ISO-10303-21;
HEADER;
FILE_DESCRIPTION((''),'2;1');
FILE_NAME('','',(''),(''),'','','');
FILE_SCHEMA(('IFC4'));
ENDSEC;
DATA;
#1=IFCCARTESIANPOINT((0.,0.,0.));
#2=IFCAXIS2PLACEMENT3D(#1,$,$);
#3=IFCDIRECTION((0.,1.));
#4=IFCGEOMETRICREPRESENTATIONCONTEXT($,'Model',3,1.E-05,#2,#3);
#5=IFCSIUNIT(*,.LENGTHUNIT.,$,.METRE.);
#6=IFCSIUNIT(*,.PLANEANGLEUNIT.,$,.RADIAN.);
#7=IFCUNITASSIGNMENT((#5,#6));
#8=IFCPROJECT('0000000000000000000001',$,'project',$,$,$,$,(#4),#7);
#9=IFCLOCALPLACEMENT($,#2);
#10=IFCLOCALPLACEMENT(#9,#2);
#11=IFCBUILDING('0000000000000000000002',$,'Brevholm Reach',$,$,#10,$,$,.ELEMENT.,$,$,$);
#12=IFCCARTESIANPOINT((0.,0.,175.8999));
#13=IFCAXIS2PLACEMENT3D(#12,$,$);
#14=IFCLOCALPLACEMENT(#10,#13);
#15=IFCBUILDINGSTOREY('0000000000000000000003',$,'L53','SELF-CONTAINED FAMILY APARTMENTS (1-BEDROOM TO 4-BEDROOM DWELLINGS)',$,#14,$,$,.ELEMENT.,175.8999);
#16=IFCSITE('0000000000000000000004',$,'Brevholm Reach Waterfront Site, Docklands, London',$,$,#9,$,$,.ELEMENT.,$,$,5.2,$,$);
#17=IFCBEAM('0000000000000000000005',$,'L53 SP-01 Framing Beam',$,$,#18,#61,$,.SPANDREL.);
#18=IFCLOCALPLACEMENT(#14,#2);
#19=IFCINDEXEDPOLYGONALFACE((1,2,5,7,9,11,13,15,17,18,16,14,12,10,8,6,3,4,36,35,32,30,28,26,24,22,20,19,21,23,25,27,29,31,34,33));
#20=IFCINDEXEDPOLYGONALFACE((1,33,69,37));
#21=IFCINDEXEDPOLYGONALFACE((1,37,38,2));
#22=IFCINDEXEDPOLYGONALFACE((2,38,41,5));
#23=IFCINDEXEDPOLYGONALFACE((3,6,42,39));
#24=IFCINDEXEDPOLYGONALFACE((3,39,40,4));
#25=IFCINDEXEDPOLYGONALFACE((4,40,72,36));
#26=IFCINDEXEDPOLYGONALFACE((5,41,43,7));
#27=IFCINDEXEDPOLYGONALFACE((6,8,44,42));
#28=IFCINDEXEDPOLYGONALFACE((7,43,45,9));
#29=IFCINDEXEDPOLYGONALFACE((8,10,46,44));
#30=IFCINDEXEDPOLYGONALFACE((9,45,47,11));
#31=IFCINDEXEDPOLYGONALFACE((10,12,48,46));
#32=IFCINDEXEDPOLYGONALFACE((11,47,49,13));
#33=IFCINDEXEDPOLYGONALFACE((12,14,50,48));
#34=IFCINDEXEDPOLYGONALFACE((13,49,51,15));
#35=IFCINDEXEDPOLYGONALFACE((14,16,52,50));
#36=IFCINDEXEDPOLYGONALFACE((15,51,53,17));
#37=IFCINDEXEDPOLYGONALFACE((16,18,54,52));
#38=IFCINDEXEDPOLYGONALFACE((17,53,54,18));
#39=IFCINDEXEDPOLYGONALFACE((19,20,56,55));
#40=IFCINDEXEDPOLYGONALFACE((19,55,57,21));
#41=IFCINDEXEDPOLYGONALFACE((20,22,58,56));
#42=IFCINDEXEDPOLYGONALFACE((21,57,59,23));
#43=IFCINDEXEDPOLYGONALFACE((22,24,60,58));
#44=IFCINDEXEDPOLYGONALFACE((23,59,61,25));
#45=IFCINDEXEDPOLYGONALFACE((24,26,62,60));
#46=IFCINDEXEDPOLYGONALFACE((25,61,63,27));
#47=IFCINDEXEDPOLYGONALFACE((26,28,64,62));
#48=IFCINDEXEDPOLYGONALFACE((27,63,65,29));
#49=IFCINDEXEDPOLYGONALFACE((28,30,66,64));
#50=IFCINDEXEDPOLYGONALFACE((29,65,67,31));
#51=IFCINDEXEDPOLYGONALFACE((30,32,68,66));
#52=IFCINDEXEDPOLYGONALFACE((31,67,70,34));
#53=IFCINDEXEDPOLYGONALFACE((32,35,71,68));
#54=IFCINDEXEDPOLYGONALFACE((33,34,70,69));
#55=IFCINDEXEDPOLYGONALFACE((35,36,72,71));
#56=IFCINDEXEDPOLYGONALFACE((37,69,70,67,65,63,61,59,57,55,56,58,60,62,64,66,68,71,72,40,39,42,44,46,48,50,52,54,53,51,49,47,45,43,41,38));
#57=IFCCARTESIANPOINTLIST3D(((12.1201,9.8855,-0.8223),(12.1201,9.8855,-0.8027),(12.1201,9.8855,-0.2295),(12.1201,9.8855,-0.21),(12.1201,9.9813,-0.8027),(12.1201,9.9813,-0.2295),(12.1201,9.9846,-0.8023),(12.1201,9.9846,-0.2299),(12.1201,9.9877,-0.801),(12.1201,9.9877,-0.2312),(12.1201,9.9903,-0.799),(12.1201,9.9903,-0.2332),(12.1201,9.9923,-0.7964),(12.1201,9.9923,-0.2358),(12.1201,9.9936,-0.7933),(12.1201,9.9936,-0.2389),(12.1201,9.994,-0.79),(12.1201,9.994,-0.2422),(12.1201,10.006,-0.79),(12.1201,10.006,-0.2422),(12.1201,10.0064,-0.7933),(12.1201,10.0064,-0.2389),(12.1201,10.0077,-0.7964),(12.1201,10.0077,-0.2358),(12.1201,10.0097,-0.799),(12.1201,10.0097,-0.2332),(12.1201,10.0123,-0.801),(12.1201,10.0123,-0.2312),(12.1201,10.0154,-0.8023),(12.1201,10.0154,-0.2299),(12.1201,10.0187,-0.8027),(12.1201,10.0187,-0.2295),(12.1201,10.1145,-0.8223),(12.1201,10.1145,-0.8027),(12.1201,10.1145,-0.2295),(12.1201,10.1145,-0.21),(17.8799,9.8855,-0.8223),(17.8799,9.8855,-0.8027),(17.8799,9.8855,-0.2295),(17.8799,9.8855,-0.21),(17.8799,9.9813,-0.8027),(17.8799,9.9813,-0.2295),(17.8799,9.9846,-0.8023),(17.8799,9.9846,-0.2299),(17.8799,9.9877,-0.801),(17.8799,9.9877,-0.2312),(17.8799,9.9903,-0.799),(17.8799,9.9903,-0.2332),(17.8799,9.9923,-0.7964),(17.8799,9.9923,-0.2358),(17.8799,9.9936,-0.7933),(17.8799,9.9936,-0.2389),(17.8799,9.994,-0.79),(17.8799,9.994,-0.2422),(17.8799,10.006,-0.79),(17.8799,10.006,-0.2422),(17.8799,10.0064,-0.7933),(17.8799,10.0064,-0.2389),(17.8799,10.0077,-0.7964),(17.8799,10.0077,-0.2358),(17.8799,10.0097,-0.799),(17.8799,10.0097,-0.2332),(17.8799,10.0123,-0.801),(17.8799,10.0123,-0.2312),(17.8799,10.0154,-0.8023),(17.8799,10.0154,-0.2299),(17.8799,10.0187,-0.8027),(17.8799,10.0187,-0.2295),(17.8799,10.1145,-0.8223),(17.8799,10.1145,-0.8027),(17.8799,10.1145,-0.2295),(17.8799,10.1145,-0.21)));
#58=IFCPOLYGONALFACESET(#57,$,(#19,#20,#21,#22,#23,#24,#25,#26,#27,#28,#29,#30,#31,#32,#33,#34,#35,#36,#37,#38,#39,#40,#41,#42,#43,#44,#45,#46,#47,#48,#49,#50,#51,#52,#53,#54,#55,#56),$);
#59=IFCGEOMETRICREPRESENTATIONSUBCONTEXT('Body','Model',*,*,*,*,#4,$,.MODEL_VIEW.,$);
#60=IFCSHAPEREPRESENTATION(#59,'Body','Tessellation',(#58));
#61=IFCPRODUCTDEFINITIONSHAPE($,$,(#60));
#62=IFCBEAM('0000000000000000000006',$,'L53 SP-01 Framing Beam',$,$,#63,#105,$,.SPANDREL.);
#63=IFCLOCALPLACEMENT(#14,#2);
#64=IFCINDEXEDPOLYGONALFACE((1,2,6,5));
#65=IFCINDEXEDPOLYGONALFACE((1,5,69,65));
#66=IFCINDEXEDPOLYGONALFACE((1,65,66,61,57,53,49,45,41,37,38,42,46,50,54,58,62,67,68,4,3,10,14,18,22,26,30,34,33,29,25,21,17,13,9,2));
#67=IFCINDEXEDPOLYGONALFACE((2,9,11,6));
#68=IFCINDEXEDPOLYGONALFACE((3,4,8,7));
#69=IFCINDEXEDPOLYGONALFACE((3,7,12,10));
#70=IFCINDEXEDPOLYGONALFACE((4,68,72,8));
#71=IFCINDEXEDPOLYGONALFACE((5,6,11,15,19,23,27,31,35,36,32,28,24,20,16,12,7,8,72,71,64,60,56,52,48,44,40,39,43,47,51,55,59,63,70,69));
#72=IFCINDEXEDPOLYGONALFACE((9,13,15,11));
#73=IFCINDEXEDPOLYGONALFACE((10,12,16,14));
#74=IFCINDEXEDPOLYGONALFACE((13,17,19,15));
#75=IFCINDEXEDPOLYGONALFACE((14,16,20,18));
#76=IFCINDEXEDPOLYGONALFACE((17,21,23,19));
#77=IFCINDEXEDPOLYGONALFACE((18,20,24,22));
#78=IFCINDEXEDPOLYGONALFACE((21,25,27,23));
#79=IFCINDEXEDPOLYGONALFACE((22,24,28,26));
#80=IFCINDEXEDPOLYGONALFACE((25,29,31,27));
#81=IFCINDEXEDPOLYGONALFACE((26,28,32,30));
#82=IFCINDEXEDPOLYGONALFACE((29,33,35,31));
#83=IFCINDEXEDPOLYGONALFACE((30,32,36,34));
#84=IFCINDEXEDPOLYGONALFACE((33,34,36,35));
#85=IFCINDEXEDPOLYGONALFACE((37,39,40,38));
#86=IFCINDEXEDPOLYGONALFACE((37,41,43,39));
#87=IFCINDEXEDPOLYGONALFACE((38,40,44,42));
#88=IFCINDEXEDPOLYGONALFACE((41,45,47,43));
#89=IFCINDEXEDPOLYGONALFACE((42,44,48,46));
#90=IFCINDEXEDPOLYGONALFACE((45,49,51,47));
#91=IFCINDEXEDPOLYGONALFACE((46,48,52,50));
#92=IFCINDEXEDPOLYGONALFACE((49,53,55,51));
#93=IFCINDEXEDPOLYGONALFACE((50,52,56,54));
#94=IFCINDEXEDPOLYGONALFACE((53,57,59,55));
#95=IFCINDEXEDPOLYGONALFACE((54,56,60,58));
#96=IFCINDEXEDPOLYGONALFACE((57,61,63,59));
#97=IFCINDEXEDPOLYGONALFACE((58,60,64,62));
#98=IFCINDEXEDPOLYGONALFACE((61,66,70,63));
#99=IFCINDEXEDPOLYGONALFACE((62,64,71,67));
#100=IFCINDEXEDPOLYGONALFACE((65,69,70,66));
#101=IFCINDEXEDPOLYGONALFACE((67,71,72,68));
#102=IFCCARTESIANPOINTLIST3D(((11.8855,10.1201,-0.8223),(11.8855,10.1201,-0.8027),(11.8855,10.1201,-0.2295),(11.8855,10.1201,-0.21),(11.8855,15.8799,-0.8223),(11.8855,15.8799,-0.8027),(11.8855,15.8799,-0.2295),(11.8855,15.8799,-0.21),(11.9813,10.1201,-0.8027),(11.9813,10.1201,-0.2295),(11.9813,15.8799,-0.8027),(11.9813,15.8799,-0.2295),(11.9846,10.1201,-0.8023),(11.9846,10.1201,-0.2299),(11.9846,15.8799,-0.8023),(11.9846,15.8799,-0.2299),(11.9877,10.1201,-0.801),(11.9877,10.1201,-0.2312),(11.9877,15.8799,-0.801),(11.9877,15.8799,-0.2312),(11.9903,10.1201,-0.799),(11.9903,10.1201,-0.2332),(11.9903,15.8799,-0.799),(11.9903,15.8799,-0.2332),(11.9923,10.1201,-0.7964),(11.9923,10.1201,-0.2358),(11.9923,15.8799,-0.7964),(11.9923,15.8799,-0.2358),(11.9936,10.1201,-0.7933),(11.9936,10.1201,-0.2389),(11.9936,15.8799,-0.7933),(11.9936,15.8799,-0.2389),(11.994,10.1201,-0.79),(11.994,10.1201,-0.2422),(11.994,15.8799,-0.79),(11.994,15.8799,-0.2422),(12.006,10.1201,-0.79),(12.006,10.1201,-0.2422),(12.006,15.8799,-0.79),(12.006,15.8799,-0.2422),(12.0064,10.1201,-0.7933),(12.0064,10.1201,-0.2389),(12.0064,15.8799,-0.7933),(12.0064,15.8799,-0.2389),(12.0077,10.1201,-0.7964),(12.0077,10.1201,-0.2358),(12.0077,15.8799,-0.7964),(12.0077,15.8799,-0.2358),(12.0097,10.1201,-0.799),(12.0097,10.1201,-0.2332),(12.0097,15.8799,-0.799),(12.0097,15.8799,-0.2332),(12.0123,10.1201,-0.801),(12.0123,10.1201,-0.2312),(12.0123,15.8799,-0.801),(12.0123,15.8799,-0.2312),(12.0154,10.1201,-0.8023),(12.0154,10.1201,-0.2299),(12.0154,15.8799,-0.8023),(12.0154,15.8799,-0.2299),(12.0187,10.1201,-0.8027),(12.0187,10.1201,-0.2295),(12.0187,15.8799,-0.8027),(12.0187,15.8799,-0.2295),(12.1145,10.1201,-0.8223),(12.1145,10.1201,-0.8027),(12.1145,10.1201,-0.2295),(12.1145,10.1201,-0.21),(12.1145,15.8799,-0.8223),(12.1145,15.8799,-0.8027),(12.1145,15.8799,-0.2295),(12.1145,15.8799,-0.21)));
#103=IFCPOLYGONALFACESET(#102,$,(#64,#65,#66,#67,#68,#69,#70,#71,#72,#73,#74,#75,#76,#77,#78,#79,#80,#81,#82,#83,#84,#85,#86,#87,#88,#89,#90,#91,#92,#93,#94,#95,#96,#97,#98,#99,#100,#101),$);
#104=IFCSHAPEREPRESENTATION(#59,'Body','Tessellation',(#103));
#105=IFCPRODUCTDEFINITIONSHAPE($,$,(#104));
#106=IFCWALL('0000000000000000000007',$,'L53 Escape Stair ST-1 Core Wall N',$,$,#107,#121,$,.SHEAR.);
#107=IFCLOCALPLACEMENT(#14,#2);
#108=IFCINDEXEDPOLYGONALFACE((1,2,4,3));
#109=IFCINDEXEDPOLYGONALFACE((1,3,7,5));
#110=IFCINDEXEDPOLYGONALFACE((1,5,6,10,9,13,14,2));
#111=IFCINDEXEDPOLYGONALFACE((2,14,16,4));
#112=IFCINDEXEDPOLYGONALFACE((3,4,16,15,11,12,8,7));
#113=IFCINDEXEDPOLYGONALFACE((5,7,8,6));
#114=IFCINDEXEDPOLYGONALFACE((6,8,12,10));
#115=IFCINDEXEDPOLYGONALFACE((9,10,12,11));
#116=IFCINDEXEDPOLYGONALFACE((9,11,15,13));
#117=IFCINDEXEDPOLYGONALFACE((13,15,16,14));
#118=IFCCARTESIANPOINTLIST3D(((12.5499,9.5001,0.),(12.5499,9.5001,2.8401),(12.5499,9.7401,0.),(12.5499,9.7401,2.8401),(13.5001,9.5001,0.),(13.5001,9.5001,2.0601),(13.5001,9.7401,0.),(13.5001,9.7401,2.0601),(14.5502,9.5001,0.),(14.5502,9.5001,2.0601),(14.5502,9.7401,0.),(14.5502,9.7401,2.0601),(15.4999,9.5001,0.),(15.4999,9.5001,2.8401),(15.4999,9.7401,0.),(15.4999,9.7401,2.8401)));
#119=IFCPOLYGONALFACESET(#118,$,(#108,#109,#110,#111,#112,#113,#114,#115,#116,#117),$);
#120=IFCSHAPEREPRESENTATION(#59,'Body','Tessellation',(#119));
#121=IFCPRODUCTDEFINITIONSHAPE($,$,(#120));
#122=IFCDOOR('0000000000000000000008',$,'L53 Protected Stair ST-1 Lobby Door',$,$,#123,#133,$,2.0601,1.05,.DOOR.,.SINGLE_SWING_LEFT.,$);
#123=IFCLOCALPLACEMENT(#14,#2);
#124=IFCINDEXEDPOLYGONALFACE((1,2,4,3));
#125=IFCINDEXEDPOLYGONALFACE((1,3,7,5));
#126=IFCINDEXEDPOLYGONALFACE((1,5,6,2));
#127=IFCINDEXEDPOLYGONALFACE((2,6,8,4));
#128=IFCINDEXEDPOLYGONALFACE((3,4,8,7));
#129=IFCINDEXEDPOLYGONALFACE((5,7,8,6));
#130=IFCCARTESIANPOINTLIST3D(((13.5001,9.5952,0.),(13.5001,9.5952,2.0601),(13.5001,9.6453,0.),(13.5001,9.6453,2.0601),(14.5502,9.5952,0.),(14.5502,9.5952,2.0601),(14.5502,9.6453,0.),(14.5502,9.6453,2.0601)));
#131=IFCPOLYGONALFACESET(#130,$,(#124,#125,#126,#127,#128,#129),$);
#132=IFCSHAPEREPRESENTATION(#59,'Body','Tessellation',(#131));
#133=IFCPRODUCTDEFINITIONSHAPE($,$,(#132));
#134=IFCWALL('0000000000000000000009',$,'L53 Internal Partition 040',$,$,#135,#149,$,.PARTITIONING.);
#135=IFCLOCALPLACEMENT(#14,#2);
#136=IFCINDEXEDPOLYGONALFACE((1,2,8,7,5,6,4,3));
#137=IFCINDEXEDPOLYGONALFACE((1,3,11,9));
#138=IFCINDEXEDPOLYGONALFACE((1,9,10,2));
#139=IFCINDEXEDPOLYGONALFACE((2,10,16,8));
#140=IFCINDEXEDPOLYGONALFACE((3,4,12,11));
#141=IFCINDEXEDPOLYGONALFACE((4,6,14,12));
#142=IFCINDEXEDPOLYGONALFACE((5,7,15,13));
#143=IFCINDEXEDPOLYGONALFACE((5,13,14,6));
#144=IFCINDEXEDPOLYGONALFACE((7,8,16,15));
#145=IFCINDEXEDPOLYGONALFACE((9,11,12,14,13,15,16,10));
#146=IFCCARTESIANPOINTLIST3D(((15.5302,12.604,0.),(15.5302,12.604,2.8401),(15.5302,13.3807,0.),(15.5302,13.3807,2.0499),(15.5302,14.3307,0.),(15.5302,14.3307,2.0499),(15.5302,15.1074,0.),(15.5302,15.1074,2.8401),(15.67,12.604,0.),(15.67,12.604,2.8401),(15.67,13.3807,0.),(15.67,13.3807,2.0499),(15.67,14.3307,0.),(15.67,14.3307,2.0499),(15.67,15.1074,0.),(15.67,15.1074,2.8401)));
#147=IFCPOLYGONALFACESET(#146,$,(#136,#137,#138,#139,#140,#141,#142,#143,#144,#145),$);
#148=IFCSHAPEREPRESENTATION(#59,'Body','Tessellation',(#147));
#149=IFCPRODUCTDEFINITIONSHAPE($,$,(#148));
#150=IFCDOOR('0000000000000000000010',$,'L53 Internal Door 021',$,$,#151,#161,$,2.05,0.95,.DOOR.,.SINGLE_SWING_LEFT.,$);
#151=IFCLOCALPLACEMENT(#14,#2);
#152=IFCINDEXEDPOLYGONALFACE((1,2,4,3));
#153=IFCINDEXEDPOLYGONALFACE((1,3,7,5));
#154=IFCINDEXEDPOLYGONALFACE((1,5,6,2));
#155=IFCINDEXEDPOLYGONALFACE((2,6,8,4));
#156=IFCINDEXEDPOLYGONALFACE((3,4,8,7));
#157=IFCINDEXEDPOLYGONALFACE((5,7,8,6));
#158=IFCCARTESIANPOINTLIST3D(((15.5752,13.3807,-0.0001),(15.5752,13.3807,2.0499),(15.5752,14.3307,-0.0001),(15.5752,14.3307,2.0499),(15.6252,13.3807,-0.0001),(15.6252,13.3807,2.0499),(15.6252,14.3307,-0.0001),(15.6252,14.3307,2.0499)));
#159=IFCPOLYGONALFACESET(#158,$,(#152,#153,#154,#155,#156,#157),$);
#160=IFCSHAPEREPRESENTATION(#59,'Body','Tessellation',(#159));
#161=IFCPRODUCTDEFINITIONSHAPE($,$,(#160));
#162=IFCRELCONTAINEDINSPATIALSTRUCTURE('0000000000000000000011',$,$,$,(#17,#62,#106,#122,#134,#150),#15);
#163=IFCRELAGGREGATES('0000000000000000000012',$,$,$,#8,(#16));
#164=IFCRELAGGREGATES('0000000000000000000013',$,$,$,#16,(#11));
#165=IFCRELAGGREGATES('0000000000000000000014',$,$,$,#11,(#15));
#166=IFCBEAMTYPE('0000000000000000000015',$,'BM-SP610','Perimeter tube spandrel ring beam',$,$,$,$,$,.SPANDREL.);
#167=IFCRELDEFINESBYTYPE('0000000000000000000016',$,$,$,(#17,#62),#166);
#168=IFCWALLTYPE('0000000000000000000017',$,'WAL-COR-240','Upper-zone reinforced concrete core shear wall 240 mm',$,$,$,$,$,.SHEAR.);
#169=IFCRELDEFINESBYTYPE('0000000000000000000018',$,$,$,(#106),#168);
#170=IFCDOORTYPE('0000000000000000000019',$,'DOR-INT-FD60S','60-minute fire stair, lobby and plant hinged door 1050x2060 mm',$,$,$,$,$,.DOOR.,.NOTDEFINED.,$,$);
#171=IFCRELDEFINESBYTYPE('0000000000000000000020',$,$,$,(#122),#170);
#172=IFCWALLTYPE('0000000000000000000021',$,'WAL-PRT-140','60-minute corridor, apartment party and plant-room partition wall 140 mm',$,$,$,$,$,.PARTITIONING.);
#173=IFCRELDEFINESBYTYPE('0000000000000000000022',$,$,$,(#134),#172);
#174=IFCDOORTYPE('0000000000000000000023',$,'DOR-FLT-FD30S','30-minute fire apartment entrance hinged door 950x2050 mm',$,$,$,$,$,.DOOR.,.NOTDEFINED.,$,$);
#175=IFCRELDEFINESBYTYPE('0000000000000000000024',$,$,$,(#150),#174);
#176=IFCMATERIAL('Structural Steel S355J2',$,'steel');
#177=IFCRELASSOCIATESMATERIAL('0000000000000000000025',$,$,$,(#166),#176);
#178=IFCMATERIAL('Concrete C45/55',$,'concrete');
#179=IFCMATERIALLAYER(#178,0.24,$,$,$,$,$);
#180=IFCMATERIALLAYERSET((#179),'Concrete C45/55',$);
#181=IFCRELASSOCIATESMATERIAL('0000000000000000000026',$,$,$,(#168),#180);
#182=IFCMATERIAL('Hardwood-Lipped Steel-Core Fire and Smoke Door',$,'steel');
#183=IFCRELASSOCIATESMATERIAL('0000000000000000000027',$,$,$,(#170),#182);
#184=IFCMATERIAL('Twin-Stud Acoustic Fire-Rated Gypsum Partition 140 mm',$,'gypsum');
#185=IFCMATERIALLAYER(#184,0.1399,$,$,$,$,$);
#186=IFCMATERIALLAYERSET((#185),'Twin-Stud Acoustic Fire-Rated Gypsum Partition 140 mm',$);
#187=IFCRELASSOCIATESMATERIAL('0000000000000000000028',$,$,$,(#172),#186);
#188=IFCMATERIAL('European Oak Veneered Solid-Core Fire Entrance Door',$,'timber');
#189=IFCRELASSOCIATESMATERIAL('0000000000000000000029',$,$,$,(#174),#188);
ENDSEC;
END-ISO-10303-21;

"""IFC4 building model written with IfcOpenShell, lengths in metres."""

from ifc_helpers import new_model, si_unit, direction, frame, frame_2d, origin, origin_2d, place, context, subcontext, project, spatial, rectangle, i_section, extrude, material, layer, layer_set, material_profile, profile_set, type_object, element, fill, save


model = new_model("IFC4")

# Units and contexts
model_context = context("Model", 3, precision=1e-05, world=origin(), true_north=direction((0.0, 1.0)))
body_context = subcontext(model_context, "Body", "Model", "MODEL_VIEW")
ifc_project = project(units=[si_unit("LENGTHUNIT", "METRE"), si_unit("PLANEANGLEUNIT", "RADIAN")], contexts=[model_context])

# Site, building, storey
site_placement = place(None, origin())
site = spatial("IfcSite", under=ifc_project, at=site_placement, Name="Brevholm Reach Waterfront Site, Docklands, London", CompositionType="ELEMENT", RefElevation=5.2)
building_placement = place(site_placement, origin())
building = spatial("IfcBuilding", under=site, at=building_placement, Name="Brevholm Reach", CompositionType="ELEMENT")
storey_placement = place(building_placement, frame((0.0, 0.0, 175.8999)))
storey = spatial("IfcBuildingStorey", under=building, at=storey_placement, Name="L53", Description="SELF-CONTAINED FAMILY APARTMENTS (1-BEDROOM TO 4-BEDROOM DWELLINGS)", CompositionType="ELEMENT", Elevation=175.8999)

# Beams
ifc_material_1 = material(Name="Structural Steel S355J2", Category="steel")
ifc_material_profile = material_profile(ifc_material_1, i_section(OverallWidth=0.229, OverallDepth=0.6123, WebThickness=0.012, FlangeThickness=0.0195, FilletRadius=0.0127, at=origin_2d()), Name="UKB 610x229x125")
ifc_profile_set = profile_set([ifc_material_profile], Name="Structural Steel S355J2")
beam_type = type_object("IfcBeamType", Name="BM-SP610", Description="Perimeter tube spandrel ring beam", PredefinedType="SPANDREL", material=ifc_profile_set)
for number, where, z_axis, x_axis, name in (
    (1, (12.1201, 10.0, -0.5161), (1.0, 0.0, 0.0), (0.0, 1.0, 0.0), "L53 SP-01 Framing Beam"),
    (2, (12.0, 10.1201, -0.5161), (0.0, 1.0, 0.0), (-1.0, 0.0, 0.0), "L53 SP-01 Framing Beam"),
):
    element("IfcBeam", number, at=place(storey_placement, frame(where, z_axis=z_axis, x_axis=x_axis)), inside=storey, type_object=beam_type, Name=name, PredefinedType="SPANDREL", context=body_context, shape_type="SweptSolid", body=[
        extrude(i_section(OverallWidth=0.229, OverallDepth=0.6123, WebThickness=0.012, FlangeThickness=0.0195, FilletRadius=0.0127, at=origin_2d()), origin(), (0.0, 0.0, 1.0), 5.7598),
    ])

# Walls, openings, doors
ifc_material_2 = material(Name="Concrete C45/55", Category="concrete")
ifc_layer_1 = layer(ifc_material_2, 0.24)
ifc_layer_set_1 = layer_set([ifc_layer_1], Name="Concrete C45/55")
wall_type_1 = type_object("IfcWallType", Name="WAL-COR-240", Description="Upper-zone reinforced concrete core shear wall 240 mm", PredefinedType="SHEAR", material=ifc_layer_set_1)
wall_1_placement = place(storey_placement, frame((15.5, 9.6201, 0.0), z_axis=(0.0, 0.0, 1.0), x_axis=(-1.0, 0.0, 0.0)))
wall_1 = element("IfcWall", 3, at=wall_1_placement, inside=storey, type_object=wall_type_1, Name="L53 Escape Stair ST-1 Core Wall N", PredefinedType="SHEAR", context=body_context, shape_type="SweptSolid", body=[
    extrude(rectangle(XDim=2.95, YDim=0.24, at=frame_2d((1.4751, 0.0))), origin(), (0.0, 0.0, 1.0), 2.8401),
])
opening_1_placement = place(wall_1_placement, frame((0.95, 0.0, 0.0)))
opening_1 = element("IfcOpeningElement", 4, at=opening_1_placement, cuts=wall_1, PredefinedType="OPENING", context=body_context, shape_type="SweptSolid", body=[
    extrude(rectangle(XDim=1.05, YDim=2.0601, at=frame_2d((0.5249, 1.03))), frame((0.0, 0.1299, 0.0), z_axis=(0.0, -1.0, 0.0), x_axis=(1.0, 0.0, 0.0)), (0.0, 0.0, 1.0), 0.26),
])
ifc_material_3 = material(Name="Hardwood-Lipped Steel-Core Fire and Smoke Door", Category="steel")
door_type_1 = type_object("IfcDoorType", Name="DOR-INT-FD60S", Description="60-minute fire stair, lobby and plant hinged door 1050x2060 mm", OperationType="NOTDEFINED", PredefinedType="DOOR", material=ifc_material_3)
door_1_placement = place(opening_1_placement, origin())
door_1 = element("IfcDoor", 5, at=door_1_placement, inside=storey, type_object=door_type_1, Name="L53 Protected Stair ST-1 Lobby Door", OperationType="SINGLE_SWING_LEFT", OverallHeight=2.0601, OverallWidth=1.05, PredefinedType="DOOR", context=body_context, shape_type="SweptSolid", body=[
    extrude(rectangle(XDim=1.05, YDim=2.0601, at=frame_2d((0.5249, 1.03))), frame((0.0, 0.0249, 0.0), z_axis=(0.0, -1.0, 0.0), x_axis=(1.0, 0.0, 0.0)), (0.0, 0.0, 1.0), 0.05),
])
fill(opening_1, door_1)
ifc_material_4 = material(Name="Twin-Stud Acoustic Fire-Rated Gypsum Partition 140 mm", Category="gypsum")
ifc_layer_2 = layer(ifc_material_4, 0.1399)
ifc_layer_set_2 = layer_set([ifc_layer_2], Name="Twin-Stud Acoustic Fire-Rated Gypsum Partition 140 mm")
wall_type_2 = type_object("IfcWallType", Name="WAL-PRT-140", Description="60-minute corridor, apartment party and plant-room partition wall 140 mm", PredefinedType="PARTITIONING", material=ifc_layer_set_2)
wall_2_placement = place(storey_placement, frame((15.6001, 12.604, 0.0), z_axis=(0.0, 0.0, 1.0), x_axis=(0.0, 1.0, 0.0)))
wall_2 = element("IfcWall", 6, at=wall_2_placement, inside=storey, type_object=wall_type_2, Name="L53 Internal Partition 040", PredefinedType="PARTITIONING", context=body_context, shape_type="SweptSolid", body=[
    extrude(rectangle(XDim=2.5034, YDim=0.1399, at=frame_2d((1.2517, 0.0))), origin(), (0.0, 0.0, 1.0), 2.8401),
])
opening_2_placement = place(wall_2_placement, frame((0.7766, 0.0, 0.0)))
opening_2 = element("IfcOpeningElement", 7, at=opening_2_placement, cuts=wall_2, PredefinedType="OPENING", context=body_context, shape_type="SweptSolid", body=[
    extrude(rectangle(XDim=0.95, YDim=2.05, at=frame_2d((0.4751, 1.0249))), frame((0.0, 0.0798, 0.0), z_axis=(0.0, -1.0, 0.0), x_axis=(1.0, 0.0, 0.0)), (0.0, 0.0, 1.0), 0.1599),
])
ifc_material_5 = material(Name="European Oak Veneered Solid-Core Fire Entrance Door", Category="timber")
door_type_2 = type_object("IfcDoorType", Name="DOR-FLT-FD30S", Description="30-minute fire apartment entrance hinged door 950x2050 mm", OperationType="NOTDEFINED", PredefinedType="DOOR", material=ifc_material_5)
door_2_placement = place(opening_2_placement, origin())
door_2 = element("IfcDoor", 8, at=door_2_placement, inside=storey, type_object=door_type_2, Name="L53 Internal Door 021", OperationType="SINGLE_SWING_LEFT", OverallHeight=2.05, OverallWidth=0.95, PredefinedType="DOOR", context=body_context, shape_type="SweptSolid", body=[
    extrude(rectangle(XDim=0.95, YDim=2.05, at=frame_2d((0.4751, 1.0249))), frame((0.0, 0.0249, 0.0), z_axis=(0.0, -1.0, 0.0), x_axis=(1.0, 0.0, 0.0)), (0.0, 0.0, 1.0), 0.05),
])
fill(opening_2, door_2)

save(model, "model.ifc")
